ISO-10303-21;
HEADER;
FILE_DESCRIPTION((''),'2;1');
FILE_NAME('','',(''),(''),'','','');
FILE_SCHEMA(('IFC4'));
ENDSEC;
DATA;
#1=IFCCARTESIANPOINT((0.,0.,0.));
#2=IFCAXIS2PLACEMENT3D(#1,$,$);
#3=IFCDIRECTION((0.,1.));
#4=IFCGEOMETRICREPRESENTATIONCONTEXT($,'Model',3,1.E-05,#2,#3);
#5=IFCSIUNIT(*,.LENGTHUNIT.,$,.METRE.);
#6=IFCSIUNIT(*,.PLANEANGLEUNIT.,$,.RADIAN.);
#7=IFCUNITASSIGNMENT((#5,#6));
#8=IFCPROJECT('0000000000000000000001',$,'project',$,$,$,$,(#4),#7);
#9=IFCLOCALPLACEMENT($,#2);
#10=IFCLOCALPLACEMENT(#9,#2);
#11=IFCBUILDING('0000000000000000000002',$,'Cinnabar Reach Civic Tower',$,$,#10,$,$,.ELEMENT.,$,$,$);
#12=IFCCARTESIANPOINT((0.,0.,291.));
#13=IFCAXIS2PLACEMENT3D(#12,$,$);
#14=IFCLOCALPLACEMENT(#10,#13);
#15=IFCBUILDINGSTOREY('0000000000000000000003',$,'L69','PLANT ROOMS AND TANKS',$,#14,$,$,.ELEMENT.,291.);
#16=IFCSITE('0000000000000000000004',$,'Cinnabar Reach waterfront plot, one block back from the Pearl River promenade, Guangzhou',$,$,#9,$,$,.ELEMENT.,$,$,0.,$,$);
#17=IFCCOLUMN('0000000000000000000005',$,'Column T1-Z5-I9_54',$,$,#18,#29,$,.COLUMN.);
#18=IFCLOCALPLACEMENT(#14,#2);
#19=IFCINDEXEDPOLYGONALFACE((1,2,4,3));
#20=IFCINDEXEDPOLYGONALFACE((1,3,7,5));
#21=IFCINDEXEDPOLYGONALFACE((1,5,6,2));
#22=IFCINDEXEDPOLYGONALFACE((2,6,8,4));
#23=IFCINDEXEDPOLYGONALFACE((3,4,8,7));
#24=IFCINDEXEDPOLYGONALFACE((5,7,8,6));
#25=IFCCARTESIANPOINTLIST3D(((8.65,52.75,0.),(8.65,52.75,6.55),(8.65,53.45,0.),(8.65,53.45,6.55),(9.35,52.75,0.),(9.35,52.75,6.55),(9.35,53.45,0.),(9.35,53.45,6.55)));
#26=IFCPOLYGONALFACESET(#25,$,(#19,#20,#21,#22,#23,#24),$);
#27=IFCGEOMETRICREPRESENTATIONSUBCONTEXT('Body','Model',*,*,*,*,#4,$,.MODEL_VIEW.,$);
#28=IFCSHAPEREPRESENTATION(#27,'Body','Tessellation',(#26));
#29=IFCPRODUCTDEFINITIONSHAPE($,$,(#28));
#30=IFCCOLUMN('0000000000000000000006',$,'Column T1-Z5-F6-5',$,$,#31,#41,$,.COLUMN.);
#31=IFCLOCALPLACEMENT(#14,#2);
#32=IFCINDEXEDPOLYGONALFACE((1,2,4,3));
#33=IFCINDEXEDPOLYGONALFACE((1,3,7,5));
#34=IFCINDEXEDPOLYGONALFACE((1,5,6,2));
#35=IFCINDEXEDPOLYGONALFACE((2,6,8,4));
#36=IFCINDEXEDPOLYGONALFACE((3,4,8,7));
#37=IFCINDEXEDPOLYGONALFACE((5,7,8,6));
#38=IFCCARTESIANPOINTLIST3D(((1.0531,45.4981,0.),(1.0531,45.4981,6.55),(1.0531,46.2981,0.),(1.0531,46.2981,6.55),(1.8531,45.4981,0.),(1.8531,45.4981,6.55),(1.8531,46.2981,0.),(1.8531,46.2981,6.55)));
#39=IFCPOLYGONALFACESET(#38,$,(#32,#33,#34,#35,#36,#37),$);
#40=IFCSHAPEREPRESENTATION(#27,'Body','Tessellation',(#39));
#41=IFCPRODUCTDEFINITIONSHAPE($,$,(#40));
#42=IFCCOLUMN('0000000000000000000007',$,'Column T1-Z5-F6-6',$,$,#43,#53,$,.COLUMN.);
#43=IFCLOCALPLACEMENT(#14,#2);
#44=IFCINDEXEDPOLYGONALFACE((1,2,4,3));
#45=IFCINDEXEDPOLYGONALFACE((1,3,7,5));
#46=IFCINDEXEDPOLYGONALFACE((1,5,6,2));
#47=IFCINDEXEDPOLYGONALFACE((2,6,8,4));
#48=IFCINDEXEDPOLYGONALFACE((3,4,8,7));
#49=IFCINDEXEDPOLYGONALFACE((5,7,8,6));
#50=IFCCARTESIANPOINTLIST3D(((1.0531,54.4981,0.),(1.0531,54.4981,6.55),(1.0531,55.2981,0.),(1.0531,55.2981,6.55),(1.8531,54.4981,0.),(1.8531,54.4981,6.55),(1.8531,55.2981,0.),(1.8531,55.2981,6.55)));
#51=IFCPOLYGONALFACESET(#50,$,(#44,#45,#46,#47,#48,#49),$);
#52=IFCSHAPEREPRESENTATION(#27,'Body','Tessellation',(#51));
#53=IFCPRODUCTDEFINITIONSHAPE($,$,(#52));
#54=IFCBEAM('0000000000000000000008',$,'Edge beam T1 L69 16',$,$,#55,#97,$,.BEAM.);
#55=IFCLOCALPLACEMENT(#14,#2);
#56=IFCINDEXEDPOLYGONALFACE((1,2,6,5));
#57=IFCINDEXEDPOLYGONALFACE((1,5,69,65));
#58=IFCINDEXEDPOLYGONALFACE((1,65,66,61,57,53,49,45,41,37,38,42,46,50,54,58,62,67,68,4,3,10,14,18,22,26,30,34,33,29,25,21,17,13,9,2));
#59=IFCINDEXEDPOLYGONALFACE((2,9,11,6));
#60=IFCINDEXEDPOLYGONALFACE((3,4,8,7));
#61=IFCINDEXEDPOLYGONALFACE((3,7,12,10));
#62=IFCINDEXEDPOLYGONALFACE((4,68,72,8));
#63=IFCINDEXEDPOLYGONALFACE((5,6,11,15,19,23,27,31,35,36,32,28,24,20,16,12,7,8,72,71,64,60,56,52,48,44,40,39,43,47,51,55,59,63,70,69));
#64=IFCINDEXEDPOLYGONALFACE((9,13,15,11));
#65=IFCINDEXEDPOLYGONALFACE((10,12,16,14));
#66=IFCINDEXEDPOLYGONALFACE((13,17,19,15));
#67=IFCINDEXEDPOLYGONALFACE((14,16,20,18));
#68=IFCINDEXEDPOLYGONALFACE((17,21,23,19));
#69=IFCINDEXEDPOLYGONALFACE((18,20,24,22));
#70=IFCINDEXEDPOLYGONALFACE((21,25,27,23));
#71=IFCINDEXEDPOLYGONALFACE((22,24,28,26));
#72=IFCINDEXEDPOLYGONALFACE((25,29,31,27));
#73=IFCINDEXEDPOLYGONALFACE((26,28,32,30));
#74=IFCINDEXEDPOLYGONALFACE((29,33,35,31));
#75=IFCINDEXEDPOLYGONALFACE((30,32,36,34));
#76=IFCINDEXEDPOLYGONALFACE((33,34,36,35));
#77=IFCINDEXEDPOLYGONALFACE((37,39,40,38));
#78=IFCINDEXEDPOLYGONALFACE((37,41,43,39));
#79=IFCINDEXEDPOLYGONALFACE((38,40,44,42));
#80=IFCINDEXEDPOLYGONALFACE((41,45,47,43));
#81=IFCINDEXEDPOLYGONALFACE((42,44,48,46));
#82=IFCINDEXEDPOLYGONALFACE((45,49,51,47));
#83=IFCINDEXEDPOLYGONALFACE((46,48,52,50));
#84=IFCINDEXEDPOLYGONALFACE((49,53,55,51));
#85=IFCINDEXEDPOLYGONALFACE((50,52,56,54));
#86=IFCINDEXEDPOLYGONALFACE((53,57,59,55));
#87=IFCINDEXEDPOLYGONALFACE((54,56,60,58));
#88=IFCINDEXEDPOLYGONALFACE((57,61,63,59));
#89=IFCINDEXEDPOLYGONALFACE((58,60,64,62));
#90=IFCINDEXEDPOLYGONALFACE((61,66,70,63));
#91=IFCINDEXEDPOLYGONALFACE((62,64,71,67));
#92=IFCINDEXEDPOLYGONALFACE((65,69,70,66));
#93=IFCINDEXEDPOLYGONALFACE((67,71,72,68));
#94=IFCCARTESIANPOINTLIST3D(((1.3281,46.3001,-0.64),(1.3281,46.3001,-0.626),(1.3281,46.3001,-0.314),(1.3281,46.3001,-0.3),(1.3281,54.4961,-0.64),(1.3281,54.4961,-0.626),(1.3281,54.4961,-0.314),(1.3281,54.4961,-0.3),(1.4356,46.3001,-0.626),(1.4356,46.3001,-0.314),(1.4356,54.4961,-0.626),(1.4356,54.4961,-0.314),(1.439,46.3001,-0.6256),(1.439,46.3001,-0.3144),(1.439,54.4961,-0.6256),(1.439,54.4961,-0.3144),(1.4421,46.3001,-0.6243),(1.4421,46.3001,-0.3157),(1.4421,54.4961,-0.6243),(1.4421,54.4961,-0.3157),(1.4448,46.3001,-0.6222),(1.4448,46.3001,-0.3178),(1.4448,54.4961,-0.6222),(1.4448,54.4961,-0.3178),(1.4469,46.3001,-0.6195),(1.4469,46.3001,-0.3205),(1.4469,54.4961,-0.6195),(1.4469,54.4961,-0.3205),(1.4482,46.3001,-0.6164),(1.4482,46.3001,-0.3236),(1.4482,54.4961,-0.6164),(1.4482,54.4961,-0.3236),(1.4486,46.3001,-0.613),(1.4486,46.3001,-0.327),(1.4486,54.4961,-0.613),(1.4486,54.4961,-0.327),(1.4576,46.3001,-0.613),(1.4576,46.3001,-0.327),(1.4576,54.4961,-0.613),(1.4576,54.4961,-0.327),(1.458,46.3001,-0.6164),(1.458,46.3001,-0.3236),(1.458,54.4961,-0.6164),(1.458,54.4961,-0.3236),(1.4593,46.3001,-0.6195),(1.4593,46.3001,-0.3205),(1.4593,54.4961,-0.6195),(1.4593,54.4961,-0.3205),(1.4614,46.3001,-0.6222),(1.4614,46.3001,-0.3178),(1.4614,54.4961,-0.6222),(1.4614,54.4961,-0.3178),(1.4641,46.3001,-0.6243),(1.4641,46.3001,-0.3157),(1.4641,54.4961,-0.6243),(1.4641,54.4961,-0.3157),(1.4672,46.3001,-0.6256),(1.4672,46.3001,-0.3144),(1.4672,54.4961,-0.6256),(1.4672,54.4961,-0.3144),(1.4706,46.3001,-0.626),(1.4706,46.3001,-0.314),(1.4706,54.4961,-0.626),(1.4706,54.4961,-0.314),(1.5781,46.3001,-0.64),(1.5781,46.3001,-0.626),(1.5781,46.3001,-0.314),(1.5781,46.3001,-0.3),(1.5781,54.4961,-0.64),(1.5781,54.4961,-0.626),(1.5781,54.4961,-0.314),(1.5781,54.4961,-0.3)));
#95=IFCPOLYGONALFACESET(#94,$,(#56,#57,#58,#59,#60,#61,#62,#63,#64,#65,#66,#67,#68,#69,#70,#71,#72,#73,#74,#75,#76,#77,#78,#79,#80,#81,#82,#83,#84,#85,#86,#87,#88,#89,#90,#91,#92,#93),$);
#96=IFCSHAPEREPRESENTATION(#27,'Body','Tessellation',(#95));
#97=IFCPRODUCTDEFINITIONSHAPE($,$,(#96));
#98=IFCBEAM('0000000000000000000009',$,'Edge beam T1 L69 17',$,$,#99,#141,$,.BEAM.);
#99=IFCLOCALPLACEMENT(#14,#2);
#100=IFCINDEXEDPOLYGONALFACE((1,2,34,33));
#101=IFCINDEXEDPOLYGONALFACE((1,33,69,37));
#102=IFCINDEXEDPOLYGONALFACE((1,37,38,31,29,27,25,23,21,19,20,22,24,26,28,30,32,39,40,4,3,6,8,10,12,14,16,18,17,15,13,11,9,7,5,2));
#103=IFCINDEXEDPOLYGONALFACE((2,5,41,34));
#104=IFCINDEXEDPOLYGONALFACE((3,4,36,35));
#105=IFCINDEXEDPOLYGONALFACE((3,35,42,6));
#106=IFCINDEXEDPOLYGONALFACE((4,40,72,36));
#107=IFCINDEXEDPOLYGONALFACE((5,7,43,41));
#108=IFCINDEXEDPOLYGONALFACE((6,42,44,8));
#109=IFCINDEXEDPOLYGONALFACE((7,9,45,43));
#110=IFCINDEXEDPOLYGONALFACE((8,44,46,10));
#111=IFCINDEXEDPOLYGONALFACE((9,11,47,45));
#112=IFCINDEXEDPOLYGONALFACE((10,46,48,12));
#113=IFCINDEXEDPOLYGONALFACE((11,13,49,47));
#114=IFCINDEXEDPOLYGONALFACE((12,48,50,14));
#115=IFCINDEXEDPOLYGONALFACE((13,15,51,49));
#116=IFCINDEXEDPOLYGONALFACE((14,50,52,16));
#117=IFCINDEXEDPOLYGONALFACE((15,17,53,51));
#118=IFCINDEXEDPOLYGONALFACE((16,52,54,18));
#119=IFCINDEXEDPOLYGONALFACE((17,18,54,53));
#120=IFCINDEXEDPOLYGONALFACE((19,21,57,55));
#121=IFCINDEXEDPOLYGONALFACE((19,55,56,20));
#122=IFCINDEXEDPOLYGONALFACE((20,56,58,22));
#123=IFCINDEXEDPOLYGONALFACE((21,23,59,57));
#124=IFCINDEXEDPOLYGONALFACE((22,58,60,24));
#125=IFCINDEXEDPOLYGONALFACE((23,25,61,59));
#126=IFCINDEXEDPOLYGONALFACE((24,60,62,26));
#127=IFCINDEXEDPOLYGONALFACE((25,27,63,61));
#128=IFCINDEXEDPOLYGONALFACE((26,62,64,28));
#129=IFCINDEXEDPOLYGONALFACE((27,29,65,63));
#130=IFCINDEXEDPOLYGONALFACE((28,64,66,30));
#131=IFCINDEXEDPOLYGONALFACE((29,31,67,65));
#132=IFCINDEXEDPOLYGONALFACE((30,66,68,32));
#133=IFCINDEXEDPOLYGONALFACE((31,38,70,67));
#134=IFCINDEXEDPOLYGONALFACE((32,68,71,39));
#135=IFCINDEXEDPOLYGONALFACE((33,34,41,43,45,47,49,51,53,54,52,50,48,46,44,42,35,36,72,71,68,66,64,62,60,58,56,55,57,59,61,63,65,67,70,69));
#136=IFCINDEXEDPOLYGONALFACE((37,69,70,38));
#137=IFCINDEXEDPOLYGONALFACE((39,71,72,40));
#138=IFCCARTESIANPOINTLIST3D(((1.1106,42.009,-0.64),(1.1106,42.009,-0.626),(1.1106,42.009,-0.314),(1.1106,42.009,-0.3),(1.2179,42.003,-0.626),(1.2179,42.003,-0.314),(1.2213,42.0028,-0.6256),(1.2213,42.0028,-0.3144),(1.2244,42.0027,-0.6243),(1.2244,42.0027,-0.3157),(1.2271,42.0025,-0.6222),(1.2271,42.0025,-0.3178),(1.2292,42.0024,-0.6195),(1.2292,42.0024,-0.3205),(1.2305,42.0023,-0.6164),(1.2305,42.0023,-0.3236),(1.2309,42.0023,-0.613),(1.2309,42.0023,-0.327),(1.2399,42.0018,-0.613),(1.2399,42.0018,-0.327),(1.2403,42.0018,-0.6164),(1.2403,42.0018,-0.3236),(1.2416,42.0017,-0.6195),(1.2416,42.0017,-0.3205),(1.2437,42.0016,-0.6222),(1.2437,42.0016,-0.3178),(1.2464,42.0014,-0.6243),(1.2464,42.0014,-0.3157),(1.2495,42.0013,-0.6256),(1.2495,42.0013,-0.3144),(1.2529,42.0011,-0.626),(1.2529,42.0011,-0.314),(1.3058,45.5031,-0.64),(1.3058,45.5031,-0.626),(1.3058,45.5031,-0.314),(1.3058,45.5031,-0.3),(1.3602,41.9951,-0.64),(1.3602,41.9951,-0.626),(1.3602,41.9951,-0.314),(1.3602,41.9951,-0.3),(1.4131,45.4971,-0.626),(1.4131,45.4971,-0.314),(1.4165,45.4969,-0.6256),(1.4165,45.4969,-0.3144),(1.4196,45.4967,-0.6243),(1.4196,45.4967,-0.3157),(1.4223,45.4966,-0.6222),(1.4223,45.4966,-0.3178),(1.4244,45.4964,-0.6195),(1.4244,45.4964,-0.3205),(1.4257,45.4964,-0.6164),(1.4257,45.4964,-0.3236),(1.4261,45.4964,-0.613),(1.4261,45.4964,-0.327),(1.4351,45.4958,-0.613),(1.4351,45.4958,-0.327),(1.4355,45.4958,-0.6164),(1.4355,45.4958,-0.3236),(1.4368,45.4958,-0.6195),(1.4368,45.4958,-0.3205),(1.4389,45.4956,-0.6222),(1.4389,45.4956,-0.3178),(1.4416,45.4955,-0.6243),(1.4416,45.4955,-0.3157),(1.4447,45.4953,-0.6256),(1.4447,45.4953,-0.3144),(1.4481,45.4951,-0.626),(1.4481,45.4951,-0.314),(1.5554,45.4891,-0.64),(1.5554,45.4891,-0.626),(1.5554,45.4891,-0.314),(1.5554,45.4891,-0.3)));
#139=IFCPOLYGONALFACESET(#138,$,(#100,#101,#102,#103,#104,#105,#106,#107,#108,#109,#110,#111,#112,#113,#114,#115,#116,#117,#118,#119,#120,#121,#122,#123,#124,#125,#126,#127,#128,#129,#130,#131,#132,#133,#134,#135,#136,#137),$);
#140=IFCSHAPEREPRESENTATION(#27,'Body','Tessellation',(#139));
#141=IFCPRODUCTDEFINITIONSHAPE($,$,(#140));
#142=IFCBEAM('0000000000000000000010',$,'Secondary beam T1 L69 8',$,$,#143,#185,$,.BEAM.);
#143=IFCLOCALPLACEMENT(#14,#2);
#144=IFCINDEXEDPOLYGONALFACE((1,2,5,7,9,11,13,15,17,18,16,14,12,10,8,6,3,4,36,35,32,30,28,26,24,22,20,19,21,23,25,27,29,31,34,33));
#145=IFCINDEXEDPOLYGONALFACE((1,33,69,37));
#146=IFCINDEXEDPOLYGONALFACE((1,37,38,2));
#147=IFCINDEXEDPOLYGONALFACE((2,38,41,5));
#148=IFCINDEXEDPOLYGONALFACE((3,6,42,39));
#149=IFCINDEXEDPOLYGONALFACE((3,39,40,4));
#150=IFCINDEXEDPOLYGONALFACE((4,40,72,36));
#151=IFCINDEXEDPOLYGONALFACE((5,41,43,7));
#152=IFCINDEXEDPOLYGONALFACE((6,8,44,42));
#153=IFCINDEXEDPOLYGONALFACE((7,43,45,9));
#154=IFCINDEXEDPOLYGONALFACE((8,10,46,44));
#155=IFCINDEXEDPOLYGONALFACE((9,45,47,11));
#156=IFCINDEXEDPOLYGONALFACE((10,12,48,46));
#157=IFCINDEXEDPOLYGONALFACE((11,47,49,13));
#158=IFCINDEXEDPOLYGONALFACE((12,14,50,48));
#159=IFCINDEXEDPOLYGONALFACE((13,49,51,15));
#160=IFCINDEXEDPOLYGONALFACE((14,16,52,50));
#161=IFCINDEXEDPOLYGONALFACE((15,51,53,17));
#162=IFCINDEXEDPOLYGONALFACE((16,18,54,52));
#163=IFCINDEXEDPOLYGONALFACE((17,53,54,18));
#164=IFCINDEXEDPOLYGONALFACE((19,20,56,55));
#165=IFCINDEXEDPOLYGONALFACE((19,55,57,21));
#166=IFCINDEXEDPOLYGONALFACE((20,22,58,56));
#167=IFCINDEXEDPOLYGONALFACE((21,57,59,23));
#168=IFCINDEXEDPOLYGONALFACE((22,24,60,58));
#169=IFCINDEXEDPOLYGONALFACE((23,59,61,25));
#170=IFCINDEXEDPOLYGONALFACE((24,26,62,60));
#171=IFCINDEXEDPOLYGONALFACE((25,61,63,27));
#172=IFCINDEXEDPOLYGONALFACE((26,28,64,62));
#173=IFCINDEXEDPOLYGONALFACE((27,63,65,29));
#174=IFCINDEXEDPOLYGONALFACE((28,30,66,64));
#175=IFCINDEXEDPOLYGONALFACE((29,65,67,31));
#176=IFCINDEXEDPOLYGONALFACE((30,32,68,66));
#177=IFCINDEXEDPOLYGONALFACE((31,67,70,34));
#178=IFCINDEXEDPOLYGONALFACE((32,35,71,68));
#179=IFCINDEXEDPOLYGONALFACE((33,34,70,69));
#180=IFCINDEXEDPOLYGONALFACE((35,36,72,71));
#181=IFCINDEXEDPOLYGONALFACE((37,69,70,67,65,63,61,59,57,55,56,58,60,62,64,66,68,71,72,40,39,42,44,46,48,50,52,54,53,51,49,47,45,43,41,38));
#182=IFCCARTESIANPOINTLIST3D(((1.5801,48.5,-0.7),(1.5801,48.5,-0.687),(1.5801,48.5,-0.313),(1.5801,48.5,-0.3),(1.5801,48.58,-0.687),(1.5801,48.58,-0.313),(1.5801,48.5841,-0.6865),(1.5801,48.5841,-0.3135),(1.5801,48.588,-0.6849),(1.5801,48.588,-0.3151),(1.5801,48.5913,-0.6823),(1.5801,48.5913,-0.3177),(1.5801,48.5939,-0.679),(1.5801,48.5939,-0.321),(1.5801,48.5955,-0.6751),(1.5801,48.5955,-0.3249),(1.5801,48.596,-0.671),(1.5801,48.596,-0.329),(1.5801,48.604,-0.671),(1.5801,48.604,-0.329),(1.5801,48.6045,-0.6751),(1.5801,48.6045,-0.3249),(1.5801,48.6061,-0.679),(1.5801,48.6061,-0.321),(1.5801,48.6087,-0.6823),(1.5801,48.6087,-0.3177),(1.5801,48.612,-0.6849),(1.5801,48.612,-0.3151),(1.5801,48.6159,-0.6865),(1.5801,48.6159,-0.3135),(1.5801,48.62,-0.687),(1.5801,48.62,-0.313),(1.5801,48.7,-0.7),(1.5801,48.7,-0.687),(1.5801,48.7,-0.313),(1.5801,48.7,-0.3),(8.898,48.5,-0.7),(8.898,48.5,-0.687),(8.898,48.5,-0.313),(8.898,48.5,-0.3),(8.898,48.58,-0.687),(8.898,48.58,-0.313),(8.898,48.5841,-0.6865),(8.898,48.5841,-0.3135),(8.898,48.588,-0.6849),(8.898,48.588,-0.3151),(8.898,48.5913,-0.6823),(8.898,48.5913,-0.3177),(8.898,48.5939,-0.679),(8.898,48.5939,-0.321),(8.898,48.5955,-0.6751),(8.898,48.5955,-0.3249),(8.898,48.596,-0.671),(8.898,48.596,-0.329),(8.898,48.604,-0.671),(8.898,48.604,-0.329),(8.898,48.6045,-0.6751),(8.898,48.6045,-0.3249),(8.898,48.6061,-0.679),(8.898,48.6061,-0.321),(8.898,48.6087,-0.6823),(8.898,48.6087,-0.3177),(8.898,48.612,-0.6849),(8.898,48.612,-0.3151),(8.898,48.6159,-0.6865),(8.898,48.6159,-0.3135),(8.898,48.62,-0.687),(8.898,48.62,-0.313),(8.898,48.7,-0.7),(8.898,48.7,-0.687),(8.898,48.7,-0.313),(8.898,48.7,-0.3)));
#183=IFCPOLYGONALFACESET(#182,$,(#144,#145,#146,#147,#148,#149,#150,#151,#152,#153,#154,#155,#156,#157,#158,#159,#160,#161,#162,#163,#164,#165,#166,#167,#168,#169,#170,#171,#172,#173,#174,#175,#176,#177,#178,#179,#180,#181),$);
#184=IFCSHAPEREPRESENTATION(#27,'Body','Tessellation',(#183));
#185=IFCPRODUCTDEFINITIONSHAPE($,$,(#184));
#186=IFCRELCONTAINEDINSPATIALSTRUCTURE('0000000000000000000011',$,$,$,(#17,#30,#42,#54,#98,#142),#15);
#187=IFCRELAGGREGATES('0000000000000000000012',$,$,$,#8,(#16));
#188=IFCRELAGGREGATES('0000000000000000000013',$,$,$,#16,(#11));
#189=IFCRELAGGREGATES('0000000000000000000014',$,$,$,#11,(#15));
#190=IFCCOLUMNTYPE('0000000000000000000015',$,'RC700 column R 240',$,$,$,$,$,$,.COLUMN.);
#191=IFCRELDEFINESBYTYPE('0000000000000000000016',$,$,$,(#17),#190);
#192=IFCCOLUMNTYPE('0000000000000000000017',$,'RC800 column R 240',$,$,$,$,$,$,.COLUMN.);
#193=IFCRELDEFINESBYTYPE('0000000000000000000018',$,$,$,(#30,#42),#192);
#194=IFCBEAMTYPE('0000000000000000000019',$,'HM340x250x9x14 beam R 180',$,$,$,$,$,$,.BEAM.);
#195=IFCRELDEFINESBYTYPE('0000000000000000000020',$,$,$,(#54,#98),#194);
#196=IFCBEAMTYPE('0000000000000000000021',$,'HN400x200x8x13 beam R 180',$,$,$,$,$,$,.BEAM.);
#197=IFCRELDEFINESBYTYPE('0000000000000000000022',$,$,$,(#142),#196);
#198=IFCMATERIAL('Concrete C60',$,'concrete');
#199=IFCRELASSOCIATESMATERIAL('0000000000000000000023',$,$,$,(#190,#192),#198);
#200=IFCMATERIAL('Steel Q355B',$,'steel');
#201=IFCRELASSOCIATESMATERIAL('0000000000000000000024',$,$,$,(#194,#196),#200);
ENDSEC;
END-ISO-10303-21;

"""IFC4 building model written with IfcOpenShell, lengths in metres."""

from ifc_helpers import new_model, si_unit, direction, frame, origin, origin_2d, place, context, subcontext, project, spatial, rectangle, i_section, extrude, material, material_profile, profile_set, type_object, element, save


model = new_model("IFC4")

# Units and contexts
model_context = context("Model", 3, precision=1e-05, world=origin(), true_north=direction((0.0, 1.0)))
body_context = subcontext(model_context, "Body", "Model", "MODEL_VIEW")
ifc_project = project(units=[si_unit("LENGTHUNIT", "METRE"), si_unit("PLANEANGLEUNIT", "RADIAN")], contexts=[model_context])

# Site, building, storey
site_placement = place(None, origin())
site = spatial("IfcSite", under=ifc_project, at=site_placement, Name="Cinnabar Reach waterfront plot, one block back from the Pearl River promenade, Guangzhou", CompositionType="ELEMENT", RefElevation=0.0)
building_placement = place(site_placement, origin())
building = spatial("IfcBuilding", under=site, at=building_placement, Name="Cinnabar Reach Civic Tower", CompositionType="ELEMENT")
storey_placement = place(building_placement, frame((0.0, 0.0, 291.0)))
storey = spatial("IfcBuildingStorey", under=building, at=storey_placement, Name="L69", Description="PLANT ROOMS AND TANKS", CompositionType="ELEMENT", Elevation=291.0)

# Columns
ifc_material_1 = material(Name="Concrete C60", Category="concrete")
ifc_material_profile_1 = material_profile(ifc_material_1, rectangle(XDim=0.7, YDim=0.7, at=origin_2d()), Name="RC700")
ifc_profile_set_1 = profile_set([ifc_material_profile_1], Name="Concrete C60")
column_type_1 = type_object("IfcColumnType", Name="RC700 column R 240", PredefinedType="COLUMN", material=ifc_profile_set_1)
column_placement = place(storey_placement, frame((9.0, 53.1, 0.0), z_axis=(0.0, 0.0, 1.0), x_axis=(1.0, 0.0, 0.0)))
element("IfcColumn", 1, at=column_placement, inside=storey, type_object=column_type_1, Name="Column T1-Z5-I9_54", PredefinedType="COLUMN", context=body_context, shape_type="SweptSolid", body=[
    extrude(rectangle(XDim=0.7, YDim=0.7, at=origin_2d()), origin(), (0.0, 0.0, 1.0), 6.55),
])
ifc_material_profile_2 = material_profile(ifc_material_1, rectangle(XDim=0.8, YDim=0.8, at=origin_2d()), Name="RC800")
ifc_profile_set_2 = profile_set([ifc_material_profile_2], Name="Concrete C60")
column_type_2 = type_object("IfcColumnType", Name="RC800 column R 240", PredefinedType="COLUMN", material=ifc_profile_set_2)
for number, where, z_axis, x_axis, name in (
    (2, (1.4531, 45.8981, 0.0), (0.0, 0.0, 1.0), (1.0, 0.0, 0.0), "Column T1-Z5-F6-5"),
    (3, (1.4531, 54.8981, 0.0), (0.0, 0.0, 1.0), (1.0, 0.0, 0.0), "Column T1-Z5-F6-6"),
):
    element("IfcColumn", number, at=place(storey_placement, frame(where, z_axis=z_axis, x_axis=x_axis)), inside=storey, type_object=column_type_2, Name=name, PredefinedType="COLUMN", context=body_context, shape_type="SweptSolid", body=[
        extrude(rectangle(XDim=0.8, YDim=0.8, at=origin_2d()), origin(), (0.0, 0.0, 1.0), 6.55),
    ])

# Beams
ifc_material_2 = material(Name="Steel Q355B", Category="steel")
ifc_material_profile_3 = material_profile(ifc_material_2, i_section(OverallWidth=0.25, OverallDepth=0.34, WebThickness=0.009, FlangeThickness=0.014, FilletRadius=0.013, at=origin_2d()), Name="HM340x250x9x14")
ifc_profile_set_3 = profile_set([ifc_material_profile_3], Name="Steel Q355B")
beam_type_1 = type_object("IfcBeamType", Name="HM340x250x9x14 beam R 180", PredefinedType="BEAM", material=ifc_profile_set_3)
beam_1_placement = place(storey_placement, frame((1.4531, 54.4961, -0.47), z_axis=(0.0, -1.0, 0.0), x_axis=(1.0, 0.0, 0.0)))
element("IfcBeam", 4, at=beam_1_placement, inside=storey, type_object=beam_type_1, Name="Edge beam T1 L69 16", PredefinedType="BEAM", context=body_context, shape_type="SweptSolid", body=[
    extrude(i_section(OverallWidth=0.25, OverallDepth=0.34, WebThickness=0.009, FlangeThickness=0.014, FilletRadius=0.013, at=origin_2d()), origin(), (0.0, 0.0, 1.0), 8.196),
])
beam_2_placement = place(storey_placement, frame((1.4306, 45.4961, -0.47), z_axis=(-0.055779, -0.998443, 0.0), x_axis=(0.998443, -0.055779, 0.0)))
element("IfcBeam", 5, at=beam_2_placement, inside=storey, type_object=beam_type_1, Name="Edge beam T1 L69 17", PredefinedType="BEAM", context=body_context, shape_type="SweptSolid", body=[
    extrude(i_section(OverallWidth=0.25, OverallDepth=0.34, WebThickness=0.009, FlangeThickness=0.014, FilletRadius=0.013, at=origin_2d()), origin(), (0.0, 0.0, 1.0), 3.4995),
])
ifc_material_profile_4 = material_profile(ifc_material_2, i_section(OverallWidth=0.2, OverallDepth=0.4, WebThickness=0.008, FlangeThickness=0.013, FilletRadius=0.016, at=origin_2d()), Name="HN400x200x8x13")
ifc_profile_set_4 = profile_set([ifc_material_profile_4], Name="Steel Q355B")
beam_type_2 = type_object("IfcBeamType", Name="HN400x200x8x13 beam R 180", PredefinedType="BEAM", material=ifc_profile_set_4)
beam_3_placement = place(storey_placement, frame((1.5801, 48.6, -0.5), z_axis=(1.0, 0.0, 0.0), x_axis=(0.0, 1.0, 0.0)))
element("IfcBeam", 6, at=beam_3_placement, inside=storey, type_object=beam_type_2, Name="Secondary beam T1 L69 8", PredefinedType="BEAM", context=body_context, shape_type="SweptSolid", body=[
    extrude(i_section(OverallWidth=0.2, OverallDepth=0.4, WebThickness=0.008, FlangeThickness=0.013, FilletRadius=0.016, at=origin_2d()), origin(), (0.0, 0.0, 1.0), 7.3179),
])

save(model, "model.ifc")
